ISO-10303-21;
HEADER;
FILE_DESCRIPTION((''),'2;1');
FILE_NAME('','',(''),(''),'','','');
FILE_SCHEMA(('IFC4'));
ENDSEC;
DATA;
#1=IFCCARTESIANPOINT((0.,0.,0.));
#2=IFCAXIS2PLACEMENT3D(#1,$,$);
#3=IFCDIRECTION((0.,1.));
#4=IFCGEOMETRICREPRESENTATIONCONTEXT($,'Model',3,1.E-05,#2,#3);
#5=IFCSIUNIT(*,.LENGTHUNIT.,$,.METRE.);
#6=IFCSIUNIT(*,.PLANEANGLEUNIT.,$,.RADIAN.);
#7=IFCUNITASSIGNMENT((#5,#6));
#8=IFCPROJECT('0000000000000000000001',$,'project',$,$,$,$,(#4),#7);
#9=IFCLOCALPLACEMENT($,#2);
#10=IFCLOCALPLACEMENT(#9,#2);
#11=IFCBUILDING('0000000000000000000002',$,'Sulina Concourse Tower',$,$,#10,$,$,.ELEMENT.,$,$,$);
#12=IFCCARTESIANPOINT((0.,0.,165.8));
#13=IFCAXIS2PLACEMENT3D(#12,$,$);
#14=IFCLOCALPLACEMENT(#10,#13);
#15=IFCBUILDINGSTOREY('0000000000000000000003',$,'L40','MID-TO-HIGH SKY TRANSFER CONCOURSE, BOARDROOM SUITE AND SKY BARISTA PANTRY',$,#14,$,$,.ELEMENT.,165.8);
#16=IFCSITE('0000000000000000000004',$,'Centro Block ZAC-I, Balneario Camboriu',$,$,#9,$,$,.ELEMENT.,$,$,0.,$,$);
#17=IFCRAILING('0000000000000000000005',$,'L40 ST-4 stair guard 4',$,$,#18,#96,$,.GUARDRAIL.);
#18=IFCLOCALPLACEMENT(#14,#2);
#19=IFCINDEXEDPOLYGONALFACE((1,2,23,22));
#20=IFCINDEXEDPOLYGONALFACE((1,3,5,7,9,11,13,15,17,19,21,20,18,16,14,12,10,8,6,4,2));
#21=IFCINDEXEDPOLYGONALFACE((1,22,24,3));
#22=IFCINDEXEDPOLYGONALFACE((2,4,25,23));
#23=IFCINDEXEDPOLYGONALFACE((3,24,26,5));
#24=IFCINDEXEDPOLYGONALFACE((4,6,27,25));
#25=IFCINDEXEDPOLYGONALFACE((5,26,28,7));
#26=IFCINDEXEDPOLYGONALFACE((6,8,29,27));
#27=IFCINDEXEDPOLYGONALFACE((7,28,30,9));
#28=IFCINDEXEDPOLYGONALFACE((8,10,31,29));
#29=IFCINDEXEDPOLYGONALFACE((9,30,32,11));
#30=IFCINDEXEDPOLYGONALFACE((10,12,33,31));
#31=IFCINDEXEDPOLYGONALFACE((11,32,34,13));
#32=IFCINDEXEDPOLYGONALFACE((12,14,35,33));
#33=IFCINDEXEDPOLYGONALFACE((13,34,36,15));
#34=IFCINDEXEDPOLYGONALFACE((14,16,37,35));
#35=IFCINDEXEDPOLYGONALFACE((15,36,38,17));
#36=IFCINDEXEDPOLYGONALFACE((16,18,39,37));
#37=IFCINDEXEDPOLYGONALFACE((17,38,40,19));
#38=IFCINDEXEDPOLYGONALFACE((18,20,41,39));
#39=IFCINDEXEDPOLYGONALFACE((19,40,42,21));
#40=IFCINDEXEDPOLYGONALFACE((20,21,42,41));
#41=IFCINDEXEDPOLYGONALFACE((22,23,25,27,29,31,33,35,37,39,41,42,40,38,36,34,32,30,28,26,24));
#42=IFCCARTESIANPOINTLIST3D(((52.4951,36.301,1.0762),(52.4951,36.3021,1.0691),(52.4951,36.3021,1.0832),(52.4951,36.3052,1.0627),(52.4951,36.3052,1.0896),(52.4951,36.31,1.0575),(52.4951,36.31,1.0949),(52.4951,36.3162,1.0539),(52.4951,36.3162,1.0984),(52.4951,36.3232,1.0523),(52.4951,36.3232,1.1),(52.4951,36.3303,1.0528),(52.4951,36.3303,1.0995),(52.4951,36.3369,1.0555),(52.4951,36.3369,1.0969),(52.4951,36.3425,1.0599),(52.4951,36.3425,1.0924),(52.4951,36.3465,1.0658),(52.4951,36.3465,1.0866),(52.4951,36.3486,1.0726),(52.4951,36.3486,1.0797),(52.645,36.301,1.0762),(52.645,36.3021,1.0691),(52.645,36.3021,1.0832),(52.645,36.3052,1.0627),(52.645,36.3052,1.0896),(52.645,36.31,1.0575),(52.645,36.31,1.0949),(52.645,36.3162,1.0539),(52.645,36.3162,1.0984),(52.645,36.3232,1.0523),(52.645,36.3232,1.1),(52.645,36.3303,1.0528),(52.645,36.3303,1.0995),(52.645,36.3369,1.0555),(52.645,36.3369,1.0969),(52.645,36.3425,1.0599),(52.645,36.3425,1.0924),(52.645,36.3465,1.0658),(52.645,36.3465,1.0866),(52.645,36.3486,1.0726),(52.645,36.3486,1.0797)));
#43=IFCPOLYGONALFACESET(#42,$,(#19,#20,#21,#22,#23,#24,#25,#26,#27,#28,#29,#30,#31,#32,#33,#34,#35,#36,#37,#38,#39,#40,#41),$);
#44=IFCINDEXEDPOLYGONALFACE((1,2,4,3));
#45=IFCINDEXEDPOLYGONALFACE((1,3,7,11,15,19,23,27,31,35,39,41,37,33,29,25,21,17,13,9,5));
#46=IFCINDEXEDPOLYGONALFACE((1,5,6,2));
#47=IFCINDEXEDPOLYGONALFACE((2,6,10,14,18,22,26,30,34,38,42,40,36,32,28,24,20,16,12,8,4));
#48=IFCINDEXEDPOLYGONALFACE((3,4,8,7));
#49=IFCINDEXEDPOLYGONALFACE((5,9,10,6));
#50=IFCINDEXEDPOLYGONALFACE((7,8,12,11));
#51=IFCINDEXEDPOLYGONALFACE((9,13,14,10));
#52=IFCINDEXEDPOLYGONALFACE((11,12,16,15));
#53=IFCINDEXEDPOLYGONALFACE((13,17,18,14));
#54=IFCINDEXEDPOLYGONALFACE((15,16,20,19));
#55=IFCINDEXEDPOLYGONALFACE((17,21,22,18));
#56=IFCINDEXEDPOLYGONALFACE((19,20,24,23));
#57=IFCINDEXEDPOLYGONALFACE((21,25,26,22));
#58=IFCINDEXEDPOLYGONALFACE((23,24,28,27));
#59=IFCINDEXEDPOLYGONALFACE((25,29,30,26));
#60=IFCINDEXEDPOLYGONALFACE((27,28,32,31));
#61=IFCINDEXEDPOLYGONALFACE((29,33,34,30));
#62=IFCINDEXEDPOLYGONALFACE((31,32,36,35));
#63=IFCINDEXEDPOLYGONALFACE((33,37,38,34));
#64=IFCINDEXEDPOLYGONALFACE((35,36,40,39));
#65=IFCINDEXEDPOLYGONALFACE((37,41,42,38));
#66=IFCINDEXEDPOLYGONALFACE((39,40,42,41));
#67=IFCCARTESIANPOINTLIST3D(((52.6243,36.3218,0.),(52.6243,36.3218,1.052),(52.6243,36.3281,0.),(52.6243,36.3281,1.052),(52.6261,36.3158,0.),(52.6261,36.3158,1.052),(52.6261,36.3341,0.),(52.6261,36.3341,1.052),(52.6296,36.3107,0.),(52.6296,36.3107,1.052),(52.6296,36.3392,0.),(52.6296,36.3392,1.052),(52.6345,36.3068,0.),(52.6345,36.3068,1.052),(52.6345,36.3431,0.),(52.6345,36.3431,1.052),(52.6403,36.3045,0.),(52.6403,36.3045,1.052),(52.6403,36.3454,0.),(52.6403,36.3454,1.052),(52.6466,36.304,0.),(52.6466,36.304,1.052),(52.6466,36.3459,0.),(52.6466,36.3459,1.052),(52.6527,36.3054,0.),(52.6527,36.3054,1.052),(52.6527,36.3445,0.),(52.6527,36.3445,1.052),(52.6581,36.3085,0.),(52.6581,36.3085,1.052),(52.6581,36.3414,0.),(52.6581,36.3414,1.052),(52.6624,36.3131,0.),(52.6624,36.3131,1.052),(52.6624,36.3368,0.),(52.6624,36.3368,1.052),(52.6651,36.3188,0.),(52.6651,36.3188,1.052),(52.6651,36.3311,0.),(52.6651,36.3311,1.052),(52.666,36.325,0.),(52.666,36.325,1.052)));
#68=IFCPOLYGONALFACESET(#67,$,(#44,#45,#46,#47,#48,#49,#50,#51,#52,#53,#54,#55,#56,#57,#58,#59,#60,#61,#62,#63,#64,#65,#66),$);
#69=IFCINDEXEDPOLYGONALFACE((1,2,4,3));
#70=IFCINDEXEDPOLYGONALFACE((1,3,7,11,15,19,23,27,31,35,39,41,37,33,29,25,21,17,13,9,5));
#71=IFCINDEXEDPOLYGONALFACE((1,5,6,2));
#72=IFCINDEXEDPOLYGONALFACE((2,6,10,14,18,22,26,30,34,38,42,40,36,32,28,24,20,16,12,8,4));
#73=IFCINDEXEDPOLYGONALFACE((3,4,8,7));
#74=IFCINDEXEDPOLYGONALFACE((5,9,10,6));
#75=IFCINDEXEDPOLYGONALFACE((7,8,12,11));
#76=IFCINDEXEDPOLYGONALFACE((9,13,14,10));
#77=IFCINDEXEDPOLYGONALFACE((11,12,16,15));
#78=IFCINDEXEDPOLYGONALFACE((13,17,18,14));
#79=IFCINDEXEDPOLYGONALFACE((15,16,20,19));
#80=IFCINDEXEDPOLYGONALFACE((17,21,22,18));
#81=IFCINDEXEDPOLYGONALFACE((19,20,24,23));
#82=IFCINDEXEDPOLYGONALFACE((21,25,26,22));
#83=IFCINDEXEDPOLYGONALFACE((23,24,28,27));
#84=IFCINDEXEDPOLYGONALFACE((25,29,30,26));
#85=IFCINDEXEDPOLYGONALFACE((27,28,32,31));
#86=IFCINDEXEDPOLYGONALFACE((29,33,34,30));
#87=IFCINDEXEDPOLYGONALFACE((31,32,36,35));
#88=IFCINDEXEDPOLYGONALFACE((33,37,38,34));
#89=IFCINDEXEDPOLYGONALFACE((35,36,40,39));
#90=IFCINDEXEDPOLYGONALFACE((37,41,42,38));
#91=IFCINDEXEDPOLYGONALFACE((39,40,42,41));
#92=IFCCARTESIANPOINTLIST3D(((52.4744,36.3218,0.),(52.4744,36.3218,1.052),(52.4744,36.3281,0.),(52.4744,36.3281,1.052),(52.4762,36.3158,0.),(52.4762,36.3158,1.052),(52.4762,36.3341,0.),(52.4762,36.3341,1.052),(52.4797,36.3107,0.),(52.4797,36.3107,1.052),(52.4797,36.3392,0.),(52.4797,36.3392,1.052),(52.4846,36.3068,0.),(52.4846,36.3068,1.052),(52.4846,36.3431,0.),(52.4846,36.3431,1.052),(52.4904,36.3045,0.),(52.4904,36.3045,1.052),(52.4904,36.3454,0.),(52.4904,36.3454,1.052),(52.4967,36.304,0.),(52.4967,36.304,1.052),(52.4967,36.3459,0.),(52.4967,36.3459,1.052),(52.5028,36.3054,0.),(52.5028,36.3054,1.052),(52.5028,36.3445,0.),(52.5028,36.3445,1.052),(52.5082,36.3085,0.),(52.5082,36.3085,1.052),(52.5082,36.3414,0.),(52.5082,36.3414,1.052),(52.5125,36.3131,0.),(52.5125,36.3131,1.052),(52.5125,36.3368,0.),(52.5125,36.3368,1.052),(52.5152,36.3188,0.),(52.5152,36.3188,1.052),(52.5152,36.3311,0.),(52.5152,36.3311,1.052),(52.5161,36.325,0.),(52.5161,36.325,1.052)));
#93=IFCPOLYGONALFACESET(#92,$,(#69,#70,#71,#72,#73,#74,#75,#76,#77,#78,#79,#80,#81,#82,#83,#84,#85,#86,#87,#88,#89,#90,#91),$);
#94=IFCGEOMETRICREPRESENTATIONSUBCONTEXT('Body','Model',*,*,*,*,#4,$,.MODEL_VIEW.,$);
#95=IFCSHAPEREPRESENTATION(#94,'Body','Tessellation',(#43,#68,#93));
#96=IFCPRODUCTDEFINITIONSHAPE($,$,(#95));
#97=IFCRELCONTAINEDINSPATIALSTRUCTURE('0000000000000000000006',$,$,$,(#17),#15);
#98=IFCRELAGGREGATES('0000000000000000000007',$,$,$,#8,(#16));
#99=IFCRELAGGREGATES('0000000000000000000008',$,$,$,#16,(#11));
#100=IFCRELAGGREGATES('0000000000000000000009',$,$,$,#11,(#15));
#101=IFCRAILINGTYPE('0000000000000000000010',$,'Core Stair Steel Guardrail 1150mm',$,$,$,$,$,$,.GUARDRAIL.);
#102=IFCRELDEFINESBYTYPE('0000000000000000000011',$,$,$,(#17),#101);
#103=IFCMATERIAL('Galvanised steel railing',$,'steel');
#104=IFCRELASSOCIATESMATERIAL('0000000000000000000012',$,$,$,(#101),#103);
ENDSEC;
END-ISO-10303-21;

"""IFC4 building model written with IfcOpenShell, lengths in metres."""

from ifc_helpers import new_model, si_unit, direction, frame, origin, origin_2d, place, context, subcontext, project, spatial, circle, extrude, material, type_object, element, save


model = new_model("IFC4")

# Units and contexts
model_context = context("Model", 3, precision=1e-05, world=origin(), true_north=direction((0.0, 1.0)))
body_context = subcontext(model_context, "Body", "Model", "MODEL_VIEW")
ifc_project = project(units=[si_unit("LENGTHUNIT", "METRE"), si_unit("PLANEANGLEUNIT", "RADIAN")], contexts=[model_context])

# Site, building, storey
site_placement = place(None, origin())
site = spatial("IfcSite", under=ifc_project, at=site_placement, Name="Centro Block ZAC-I, Balneario Camboriu", CompositionType="ELEMENT", RefElevation=0.0)
building_placement = place(site_placement, origin())
building = spatial("IfcBuilding", under=site, at=building_placement, Name="Sulina Concourse Tower", CompositionType="ELEMENT")
storey_placement = place(building_placement, frame((0.0, 0.0, 165.8)))
storey = spatial("IfcBuildingStorey", under=building, at=storey_placement, Name="L40", Description="MID-TO-HIGH SKY TRANSFER CONCOURSE, BOARDROOM SUITE AND SKY BARISTA PANTRY", CompositionType="ELEMENT", Elevation=165.8)

# Railing
ifc_material_1 = material(Name="Galvanised steel railing", Category="steel")
railing_type_1 = type_object("IfcRailingType", Name="Core Stair Steel Guardrail 1150mm", PredefinedType="GUARDRAIL", material=ifc_material_1)
railing_1_placement = place(storey_placement, frame((52.645, 36.325, 0.0)))
element("IfcRailing", 1, at=railing_1_placement, inside=storey, type_object=railing_type_1, Name="L40 ST-4 stair guard 4", PredefinedType="GUARDRAIL", context=body_context, shape_type="SweptSolid", body=[
    extrude(circle(Radius=0.0239, at=origin_2d()), frame((0.0, 0.0, 1.0762), z_axis=(-1.0, 0.0, 0.0), x_axis=(0.0, -1.0, 0.0)), (0.0, 0.0, 1.0), 0.1499),
    extrude(circle(Radius=0.021, at=origin_2d()), origin(), (0.0, 0.0, 1.0), 1.052),
    extrude(circle(Radius=0.021, at=origin_2d()), frame((-0.1499, 0.0, 0.0)), (0.0, 0.0, 1.0), 1.052),
])

save(model, "model.ifc")
